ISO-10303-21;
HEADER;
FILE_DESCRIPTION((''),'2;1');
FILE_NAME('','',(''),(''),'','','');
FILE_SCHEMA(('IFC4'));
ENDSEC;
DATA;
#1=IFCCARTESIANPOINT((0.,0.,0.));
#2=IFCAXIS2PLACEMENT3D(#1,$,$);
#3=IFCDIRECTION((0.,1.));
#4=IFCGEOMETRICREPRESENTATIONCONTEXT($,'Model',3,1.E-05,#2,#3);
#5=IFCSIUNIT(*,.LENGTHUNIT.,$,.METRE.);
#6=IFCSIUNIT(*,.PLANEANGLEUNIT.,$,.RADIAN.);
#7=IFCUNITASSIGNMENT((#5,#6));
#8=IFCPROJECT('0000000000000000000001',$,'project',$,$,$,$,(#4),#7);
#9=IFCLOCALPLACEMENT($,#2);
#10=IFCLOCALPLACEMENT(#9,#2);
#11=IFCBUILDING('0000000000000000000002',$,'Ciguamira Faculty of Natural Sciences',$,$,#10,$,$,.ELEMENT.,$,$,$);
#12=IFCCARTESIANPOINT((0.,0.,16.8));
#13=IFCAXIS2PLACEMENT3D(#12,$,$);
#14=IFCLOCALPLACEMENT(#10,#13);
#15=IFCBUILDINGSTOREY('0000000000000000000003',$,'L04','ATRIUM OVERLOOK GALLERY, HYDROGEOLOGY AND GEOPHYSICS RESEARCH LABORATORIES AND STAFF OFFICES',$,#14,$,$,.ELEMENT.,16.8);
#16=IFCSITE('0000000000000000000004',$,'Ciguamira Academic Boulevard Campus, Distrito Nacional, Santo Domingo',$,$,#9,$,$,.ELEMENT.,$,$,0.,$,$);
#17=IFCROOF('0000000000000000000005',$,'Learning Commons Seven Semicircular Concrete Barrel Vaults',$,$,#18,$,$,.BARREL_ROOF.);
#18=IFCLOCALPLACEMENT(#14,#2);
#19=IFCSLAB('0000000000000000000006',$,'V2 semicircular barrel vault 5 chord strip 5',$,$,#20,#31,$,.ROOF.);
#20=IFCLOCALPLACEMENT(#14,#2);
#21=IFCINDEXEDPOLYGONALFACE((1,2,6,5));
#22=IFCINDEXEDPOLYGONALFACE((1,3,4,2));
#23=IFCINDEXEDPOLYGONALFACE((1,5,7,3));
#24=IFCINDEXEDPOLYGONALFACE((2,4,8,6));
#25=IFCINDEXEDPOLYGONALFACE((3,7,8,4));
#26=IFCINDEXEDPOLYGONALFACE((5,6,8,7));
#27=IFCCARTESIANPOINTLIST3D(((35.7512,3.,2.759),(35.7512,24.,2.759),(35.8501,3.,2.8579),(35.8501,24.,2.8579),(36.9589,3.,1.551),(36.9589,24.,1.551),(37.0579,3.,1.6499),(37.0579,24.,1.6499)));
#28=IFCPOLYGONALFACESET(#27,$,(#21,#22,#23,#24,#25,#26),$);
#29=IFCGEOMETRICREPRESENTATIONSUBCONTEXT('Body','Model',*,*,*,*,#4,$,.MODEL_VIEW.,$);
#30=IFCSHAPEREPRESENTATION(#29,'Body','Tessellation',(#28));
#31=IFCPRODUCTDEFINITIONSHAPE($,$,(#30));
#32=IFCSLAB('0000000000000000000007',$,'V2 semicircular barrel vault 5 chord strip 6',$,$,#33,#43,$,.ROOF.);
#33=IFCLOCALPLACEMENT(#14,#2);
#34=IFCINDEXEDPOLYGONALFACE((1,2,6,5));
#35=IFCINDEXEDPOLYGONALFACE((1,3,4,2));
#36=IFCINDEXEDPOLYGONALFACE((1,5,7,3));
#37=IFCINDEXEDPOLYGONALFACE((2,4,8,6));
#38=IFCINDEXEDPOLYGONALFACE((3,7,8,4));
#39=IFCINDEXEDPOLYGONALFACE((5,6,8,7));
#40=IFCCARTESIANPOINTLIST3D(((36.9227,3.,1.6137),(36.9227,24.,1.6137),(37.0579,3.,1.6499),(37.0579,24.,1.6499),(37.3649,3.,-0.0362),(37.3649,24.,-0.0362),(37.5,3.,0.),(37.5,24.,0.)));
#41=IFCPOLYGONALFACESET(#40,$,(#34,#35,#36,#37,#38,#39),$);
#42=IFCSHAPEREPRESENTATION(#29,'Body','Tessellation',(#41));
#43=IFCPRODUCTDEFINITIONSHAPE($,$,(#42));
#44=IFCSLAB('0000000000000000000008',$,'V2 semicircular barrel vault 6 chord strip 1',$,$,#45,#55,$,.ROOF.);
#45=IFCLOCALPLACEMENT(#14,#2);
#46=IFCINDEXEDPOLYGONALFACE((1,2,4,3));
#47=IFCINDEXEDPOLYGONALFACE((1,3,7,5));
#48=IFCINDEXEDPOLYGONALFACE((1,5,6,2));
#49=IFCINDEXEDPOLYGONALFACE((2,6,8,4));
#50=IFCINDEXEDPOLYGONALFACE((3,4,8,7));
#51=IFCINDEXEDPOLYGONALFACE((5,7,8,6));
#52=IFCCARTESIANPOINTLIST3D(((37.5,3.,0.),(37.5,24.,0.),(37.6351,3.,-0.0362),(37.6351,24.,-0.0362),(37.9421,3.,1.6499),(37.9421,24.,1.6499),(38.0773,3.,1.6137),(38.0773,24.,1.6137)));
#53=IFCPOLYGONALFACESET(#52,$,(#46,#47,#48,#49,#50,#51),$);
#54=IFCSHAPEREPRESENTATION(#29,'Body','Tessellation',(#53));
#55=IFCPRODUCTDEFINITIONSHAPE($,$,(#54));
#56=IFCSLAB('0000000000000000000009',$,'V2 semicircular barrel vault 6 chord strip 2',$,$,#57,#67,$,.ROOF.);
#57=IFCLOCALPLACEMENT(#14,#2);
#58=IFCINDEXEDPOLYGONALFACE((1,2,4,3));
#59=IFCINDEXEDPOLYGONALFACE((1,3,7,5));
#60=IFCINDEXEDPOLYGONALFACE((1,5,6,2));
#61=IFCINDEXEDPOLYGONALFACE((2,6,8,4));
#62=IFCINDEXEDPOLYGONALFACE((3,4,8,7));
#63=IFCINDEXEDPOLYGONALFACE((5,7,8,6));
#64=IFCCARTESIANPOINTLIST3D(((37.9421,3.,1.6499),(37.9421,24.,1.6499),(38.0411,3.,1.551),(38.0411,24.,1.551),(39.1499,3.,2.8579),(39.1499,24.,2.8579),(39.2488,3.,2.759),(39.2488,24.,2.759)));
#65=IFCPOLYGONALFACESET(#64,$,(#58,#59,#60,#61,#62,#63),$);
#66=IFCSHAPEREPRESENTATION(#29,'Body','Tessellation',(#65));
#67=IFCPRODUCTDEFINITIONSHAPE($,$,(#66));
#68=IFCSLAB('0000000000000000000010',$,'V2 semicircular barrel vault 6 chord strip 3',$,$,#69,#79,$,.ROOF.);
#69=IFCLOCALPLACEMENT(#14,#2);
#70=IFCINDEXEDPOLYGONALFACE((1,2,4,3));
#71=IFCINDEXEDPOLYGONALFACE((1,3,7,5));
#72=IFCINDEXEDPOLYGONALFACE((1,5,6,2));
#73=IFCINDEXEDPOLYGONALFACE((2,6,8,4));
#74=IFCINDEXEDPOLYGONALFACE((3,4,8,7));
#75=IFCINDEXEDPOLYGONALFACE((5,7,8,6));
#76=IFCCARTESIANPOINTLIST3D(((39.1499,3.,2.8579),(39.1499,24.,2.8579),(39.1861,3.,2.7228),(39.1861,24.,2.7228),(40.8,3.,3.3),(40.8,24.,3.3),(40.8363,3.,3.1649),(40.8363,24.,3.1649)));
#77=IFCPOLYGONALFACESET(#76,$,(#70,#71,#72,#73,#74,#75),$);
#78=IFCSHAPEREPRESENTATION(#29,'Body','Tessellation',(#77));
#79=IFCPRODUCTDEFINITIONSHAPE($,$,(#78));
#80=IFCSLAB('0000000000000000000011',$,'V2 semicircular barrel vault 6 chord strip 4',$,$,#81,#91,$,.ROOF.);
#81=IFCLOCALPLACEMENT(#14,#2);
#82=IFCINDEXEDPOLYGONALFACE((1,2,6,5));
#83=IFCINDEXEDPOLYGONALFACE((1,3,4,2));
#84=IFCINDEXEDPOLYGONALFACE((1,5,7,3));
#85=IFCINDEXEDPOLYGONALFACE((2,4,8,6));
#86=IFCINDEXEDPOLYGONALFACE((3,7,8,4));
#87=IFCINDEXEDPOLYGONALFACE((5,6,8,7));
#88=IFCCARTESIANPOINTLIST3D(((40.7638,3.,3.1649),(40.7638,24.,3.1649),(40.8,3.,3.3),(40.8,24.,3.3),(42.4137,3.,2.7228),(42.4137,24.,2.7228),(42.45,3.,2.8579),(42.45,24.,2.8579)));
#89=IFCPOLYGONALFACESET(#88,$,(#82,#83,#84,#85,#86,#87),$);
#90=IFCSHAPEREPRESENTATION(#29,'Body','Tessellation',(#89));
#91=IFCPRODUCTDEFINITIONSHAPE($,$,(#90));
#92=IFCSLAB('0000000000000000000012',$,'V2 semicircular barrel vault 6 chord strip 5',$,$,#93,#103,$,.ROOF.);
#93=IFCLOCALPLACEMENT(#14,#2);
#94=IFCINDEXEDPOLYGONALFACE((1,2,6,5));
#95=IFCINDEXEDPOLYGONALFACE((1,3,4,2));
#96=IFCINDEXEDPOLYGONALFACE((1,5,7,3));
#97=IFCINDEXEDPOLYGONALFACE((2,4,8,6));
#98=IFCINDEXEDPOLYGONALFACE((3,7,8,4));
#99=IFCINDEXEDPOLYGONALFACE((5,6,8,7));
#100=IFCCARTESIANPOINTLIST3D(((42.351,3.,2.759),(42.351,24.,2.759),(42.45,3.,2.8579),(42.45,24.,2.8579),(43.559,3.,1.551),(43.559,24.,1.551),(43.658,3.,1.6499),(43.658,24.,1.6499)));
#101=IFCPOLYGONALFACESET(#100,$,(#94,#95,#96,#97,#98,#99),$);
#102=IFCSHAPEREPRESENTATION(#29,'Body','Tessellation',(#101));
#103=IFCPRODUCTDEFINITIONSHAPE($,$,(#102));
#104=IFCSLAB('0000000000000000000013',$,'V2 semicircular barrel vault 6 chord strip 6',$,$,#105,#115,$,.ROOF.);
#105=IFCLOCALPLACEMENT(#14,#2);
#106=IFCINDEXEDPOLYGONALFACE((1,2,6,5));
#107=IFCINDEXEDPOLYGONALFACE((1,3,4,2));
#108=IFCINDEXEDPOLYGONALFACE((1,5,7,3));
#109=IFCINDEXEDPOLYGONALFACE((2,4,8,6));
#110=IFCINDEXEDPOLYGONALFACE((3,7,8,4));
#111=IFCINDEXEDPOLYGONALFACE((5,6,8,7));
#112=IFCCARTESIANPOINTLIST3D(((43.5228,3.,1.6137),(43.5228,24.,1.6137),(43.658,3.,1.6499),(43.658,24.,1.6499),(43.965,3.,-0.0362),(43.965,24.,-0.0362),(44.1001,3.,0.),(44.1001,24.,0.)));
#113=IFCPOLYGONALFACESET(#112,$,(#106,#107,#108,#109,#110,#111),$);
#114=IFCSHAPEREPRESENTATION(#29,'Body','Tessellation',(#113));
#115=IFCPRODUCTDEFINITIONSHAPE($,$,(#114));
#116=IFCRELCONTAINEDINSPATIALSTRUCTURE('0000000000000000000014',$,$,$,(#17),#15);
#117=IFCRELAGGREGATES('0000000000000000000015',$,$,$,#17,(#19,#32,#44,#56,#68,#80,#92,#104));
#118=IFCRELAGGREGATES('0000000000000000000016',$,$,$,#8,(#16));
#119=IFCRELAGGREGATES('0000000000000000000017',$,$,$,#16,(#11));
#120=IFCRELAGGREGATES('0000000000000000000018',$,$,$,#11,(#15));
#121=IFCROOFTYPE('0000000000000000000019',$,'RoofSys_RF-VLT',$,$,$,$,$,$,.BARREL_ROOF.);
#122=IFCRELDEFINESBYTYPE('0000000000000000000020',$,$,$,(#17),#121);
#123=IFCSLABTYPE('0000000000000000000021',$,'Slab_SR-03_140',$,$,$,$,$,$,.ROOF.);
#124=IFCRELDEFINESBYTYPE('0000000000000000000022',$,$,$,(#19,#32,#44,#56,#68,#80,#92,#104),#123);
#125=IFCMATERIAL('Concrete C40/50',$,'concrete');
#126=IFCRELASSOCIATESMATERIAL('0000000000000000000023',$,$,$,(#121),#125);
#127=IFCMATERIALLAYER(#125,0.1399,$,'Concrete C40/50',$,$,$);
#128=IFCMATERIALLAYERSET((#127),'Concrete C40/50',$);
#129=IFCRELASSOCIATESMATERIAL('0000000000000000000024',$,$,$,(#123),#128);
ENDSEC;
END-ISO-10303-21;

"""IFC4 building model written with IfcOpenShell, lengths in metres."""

from ifc_helpers import new_model, si_unit, direction, frame, origin, place, context, subcontext, project, spatial, polyline, outline, extrude, material, layer, layer_set, type_object, element, aggregate, save


model = new_model("IFC4")

# Units and contexts
model_context = context("Model", 3, precision=1e-05, world=origin(), true_north=direction((0.0, 1.0)))
body_context = subcontext(model_context, "Body", "Model", "MODEL_VIEW")
ifc_project = project(units=[si_unit("LENGTHUNIT", "METRE"), si_unit("PLANEANGLEUNIT", "RADIAN")], contexts=[model_context])

# Site, building, storey
site_placement = place(None, origin())
site = spatial("IfcSite", under=ifc_project, at=site_placement, Name="Ciguamira Academic Boulevard Campus, Distrito Nacional, Santo Domingo", CompositionType="ELEMENT", RefElevation=0.0)
building_placement = place(site_placement, origin())
building = spatial("IfcBuilding", under=site, at=building_placement, Name="Ciguamira Faculty of Natural Sciences", CompositionType="ELEMENT")
storey_placement = place(building_placement, frame((0.0, 0.0, 16.8)))
storey = spatial("IfcBuildingStorey", under=building, at=storey_placement, Name="L04", Description="ATRIUM OVERLOOK GALLERY, HYDROGEOLOGY AND GEOPHYSICS RESEARCH LABORATORIES AND STAFF OFFICES", CompositionType="ELEMENT", Elevation=16.8)

# Shared definitions
ifc_material = material(Name="Concrete C40/50", Category="concrete")

# Roof, slabs
roof_type = type_object("IfcRoofType", Name="RoofSys_RF-VLT", PredefinedType="BARREL_ROOF", material=ifc_material)
roof_placement = place(storey_placement, origin())
roof = element("IfcRoof", 1, at=roof_placement, inside=storey, type_object=roof_type, Name="Learning Commons Seven Semicircular Concrete Barrel Vaults", PredefinedType="BARREL_ROOF")
ifc_layer = layer(ifc_material, 0.1399, Name="Concrete C40/50")
ifc_layer_set = layer_set([ifc_layer], Name="Concrete C40/50")
slab_type = type_object("IfcSlabType", Name="Slab_SR-03_140", PredefinedType="ROOF", material=ifc_layer_set)
slab_1_placement = place(storey_placement, frame((35.8501, 3.0, 2.8579), z_axis=(0.707178, 0.0, 0.707035), x_axis=(0.707035, 0.0, -0.707178)))
slab_1 = element("IfcSlab", 2, at=slab_1_placement, type_object=slab_type, Name="V2 semicircular barrel vault 5 chord strip 5", PredefinedType="ROOF", context=body_context, shape_type="SweptSolid", body=[
    extrude(outline(polyline([(0.0, 0.0), (1.7082, 0.0), (1.7082, 21.0), (0.0, 21.0), (0.0, 0.0)])), origin(), (0.0, 0.0, -1.0), 0.1399),
])
slab_2_placement = place(storey_placement, frame((37.0579, 3.0, 1.6499), z_axis=(0.965919, 0.0, 0.258846), x_axis=(0.258846, 0.0, -0.965919)))
slab_2 = element("IfcSlab", 3, at=slab_2_placement, type_object=slab_type, Name="V2 semicircular barrel vault 5 chord strip 6", PredefinedType="ROOF", context=body_context, shape_type="SweptSolid", body=[
    extrude(outline(polyline([(0.0, 0.0), (1.7081, 0.0), (1.7081, 21.0), (0.0, 21.0), (0.0, 0.0)])), origin(), (0.0, 0.0, -1.0), 0.1399),
])
slab_3_placement = place(storey_placement, frame((37.5, 3.0, 0.0), z_axis=(-0.965919, 0.0, 0.258846), x_axis=(0.258846, 0.0, 0.965919)))
slab_3 = element("IfcSlab", 4, at=slab_3_placement, type_object=slab_type, Name="V2 semicircular barrel vault 6 chord strip 1", PredefinedType="ROOF", context=body_context, shape_type="SweptSolid", body=[
    extrude(outline(polyline([(0.0, 0.0), (1.7081, 0.0), (1.7081, 21.0), (0.0, 21.0), (0.0, 0.0)])), origin(), (0.0, 0.0, -1.0), 0.1399),
])
slab_4_placement = place(storey_placement, frame((37.9421, 3.0, 1.6499), z_axis=(-0.707178, 0.0, 0.707035), x_axis=(0.707035, 0.0, 0.707178)))
slab_4 = element("IfcSlab", 5, at=slab_4_placement, type_object=slab_type, Name="V2 semicircular barrel vault 6 chord strip 2", PredefinedType="ROOF", context=body_context, shape_type="SweptSolid", body=[
    extrude(outline(polyline([(0.0, 0.0), (1.7082, 0.0), (1.7082, 21.0), (0.0, 21.0), (0.0, 0.0)])), origin(), (0.0, 0.0, -1.0), 0.1399),
])
slab_5_placement = place(storey_placement, frame((39.1499, 3.0, 2.8579), z_axis=(-0.25881, 0.0, 0.965928), x_axis=(0.965928, 0.0, 0.25881)))
slab_5 = element("IfcSlab", 6, at=slab_5_placement, type_object=slab_type, Name="V2 semicircular barrel vault 6 chord strip 3", PredefinedType="ROOF", context=body_context, shape_type="SweptSolid", body=[
    extrude(outline(polyline([(0.0, 0.0), (1.7084, 0.0), (1.7084, 21.0), (0.0, 21.0), (0.0, 0.0)])), origin(), (0.0, 0.0, -1.0), 0.1399),
])
slab_6_placement = place(storey_placement, frame((40.8, 3.0, 3.3), z_axis=(0.258846, 0.0, 0.965919), x_axis=(0.965919, 0.0, -0.258846)))
slab_6 = element("IfcSlab", 7, at=slab_6_placement, type_object=slab_type, Name="V2 semicircular barrel vault 6 chord strip 4", PredefinedType="ROOF", context=body_context, shape_type="SweptSolid", body=[
    extrude(outline(polyline([(0.0, 0.0), (1.7081, 0.0), (1.7081, 21.0), (0.0, 21.0), (0.0, 0.0)])), origin(), (0.0, 0.0, -1.0), 0.1399),
])
slab_7_placement = place(storey_placement, frame((42.45, 3.0, 2.8579), z_axis=(0.707107, 0.0, 0.707107), x_axis=(0.707107, 0.0, -0.707107)))
slab_7 = element("IfcSlab", 8, at=slab_7_placement, type_object=slab_type, Name="V2 semicircular barrel vault 6 chord strip 5", PredefinedType="ROOF", context=body_context, shape_type="SweptSolid", body=[
    extrude(outline(polyline([(0.0, 0.0), (1.7084, 0.0), (1.7084, 21.0), (0.0, 21.0), (0.0, 0.0)])), origin(), (0.0, 0.0, -1.0), 0.1399),
])
slab_8_placement = place(storey_placement, frame((43.658, 3.0, 1.6499), z_axis=(0.965919, 0.0, 0.258846), x_axis=(0.258846, 0.0, -0.965919)))
slab_8 = element("IfcSlab", 9, at=slab_8_placement, type_object=slab_type, Name="V2 semicircular barrel vault 6 chord strip 6", PredefinedType="ROOF", context=body_context, shape_type="SweptSolid", body=[
    extrude(outline(polyline([(0.0, 0.0), (1.7081, 0.0), (1.7081, 21.0), (0.0, 21.0), (0.0, 0.0)])), origin(), (0.0, 0.0, -1.0), 0.1399),
])
aggregate(roof, [slab_1, slab_2, slab_3, slab_4, slab_5, slab_6, slab_7, slab_8])

save(model, "model.ifc")
